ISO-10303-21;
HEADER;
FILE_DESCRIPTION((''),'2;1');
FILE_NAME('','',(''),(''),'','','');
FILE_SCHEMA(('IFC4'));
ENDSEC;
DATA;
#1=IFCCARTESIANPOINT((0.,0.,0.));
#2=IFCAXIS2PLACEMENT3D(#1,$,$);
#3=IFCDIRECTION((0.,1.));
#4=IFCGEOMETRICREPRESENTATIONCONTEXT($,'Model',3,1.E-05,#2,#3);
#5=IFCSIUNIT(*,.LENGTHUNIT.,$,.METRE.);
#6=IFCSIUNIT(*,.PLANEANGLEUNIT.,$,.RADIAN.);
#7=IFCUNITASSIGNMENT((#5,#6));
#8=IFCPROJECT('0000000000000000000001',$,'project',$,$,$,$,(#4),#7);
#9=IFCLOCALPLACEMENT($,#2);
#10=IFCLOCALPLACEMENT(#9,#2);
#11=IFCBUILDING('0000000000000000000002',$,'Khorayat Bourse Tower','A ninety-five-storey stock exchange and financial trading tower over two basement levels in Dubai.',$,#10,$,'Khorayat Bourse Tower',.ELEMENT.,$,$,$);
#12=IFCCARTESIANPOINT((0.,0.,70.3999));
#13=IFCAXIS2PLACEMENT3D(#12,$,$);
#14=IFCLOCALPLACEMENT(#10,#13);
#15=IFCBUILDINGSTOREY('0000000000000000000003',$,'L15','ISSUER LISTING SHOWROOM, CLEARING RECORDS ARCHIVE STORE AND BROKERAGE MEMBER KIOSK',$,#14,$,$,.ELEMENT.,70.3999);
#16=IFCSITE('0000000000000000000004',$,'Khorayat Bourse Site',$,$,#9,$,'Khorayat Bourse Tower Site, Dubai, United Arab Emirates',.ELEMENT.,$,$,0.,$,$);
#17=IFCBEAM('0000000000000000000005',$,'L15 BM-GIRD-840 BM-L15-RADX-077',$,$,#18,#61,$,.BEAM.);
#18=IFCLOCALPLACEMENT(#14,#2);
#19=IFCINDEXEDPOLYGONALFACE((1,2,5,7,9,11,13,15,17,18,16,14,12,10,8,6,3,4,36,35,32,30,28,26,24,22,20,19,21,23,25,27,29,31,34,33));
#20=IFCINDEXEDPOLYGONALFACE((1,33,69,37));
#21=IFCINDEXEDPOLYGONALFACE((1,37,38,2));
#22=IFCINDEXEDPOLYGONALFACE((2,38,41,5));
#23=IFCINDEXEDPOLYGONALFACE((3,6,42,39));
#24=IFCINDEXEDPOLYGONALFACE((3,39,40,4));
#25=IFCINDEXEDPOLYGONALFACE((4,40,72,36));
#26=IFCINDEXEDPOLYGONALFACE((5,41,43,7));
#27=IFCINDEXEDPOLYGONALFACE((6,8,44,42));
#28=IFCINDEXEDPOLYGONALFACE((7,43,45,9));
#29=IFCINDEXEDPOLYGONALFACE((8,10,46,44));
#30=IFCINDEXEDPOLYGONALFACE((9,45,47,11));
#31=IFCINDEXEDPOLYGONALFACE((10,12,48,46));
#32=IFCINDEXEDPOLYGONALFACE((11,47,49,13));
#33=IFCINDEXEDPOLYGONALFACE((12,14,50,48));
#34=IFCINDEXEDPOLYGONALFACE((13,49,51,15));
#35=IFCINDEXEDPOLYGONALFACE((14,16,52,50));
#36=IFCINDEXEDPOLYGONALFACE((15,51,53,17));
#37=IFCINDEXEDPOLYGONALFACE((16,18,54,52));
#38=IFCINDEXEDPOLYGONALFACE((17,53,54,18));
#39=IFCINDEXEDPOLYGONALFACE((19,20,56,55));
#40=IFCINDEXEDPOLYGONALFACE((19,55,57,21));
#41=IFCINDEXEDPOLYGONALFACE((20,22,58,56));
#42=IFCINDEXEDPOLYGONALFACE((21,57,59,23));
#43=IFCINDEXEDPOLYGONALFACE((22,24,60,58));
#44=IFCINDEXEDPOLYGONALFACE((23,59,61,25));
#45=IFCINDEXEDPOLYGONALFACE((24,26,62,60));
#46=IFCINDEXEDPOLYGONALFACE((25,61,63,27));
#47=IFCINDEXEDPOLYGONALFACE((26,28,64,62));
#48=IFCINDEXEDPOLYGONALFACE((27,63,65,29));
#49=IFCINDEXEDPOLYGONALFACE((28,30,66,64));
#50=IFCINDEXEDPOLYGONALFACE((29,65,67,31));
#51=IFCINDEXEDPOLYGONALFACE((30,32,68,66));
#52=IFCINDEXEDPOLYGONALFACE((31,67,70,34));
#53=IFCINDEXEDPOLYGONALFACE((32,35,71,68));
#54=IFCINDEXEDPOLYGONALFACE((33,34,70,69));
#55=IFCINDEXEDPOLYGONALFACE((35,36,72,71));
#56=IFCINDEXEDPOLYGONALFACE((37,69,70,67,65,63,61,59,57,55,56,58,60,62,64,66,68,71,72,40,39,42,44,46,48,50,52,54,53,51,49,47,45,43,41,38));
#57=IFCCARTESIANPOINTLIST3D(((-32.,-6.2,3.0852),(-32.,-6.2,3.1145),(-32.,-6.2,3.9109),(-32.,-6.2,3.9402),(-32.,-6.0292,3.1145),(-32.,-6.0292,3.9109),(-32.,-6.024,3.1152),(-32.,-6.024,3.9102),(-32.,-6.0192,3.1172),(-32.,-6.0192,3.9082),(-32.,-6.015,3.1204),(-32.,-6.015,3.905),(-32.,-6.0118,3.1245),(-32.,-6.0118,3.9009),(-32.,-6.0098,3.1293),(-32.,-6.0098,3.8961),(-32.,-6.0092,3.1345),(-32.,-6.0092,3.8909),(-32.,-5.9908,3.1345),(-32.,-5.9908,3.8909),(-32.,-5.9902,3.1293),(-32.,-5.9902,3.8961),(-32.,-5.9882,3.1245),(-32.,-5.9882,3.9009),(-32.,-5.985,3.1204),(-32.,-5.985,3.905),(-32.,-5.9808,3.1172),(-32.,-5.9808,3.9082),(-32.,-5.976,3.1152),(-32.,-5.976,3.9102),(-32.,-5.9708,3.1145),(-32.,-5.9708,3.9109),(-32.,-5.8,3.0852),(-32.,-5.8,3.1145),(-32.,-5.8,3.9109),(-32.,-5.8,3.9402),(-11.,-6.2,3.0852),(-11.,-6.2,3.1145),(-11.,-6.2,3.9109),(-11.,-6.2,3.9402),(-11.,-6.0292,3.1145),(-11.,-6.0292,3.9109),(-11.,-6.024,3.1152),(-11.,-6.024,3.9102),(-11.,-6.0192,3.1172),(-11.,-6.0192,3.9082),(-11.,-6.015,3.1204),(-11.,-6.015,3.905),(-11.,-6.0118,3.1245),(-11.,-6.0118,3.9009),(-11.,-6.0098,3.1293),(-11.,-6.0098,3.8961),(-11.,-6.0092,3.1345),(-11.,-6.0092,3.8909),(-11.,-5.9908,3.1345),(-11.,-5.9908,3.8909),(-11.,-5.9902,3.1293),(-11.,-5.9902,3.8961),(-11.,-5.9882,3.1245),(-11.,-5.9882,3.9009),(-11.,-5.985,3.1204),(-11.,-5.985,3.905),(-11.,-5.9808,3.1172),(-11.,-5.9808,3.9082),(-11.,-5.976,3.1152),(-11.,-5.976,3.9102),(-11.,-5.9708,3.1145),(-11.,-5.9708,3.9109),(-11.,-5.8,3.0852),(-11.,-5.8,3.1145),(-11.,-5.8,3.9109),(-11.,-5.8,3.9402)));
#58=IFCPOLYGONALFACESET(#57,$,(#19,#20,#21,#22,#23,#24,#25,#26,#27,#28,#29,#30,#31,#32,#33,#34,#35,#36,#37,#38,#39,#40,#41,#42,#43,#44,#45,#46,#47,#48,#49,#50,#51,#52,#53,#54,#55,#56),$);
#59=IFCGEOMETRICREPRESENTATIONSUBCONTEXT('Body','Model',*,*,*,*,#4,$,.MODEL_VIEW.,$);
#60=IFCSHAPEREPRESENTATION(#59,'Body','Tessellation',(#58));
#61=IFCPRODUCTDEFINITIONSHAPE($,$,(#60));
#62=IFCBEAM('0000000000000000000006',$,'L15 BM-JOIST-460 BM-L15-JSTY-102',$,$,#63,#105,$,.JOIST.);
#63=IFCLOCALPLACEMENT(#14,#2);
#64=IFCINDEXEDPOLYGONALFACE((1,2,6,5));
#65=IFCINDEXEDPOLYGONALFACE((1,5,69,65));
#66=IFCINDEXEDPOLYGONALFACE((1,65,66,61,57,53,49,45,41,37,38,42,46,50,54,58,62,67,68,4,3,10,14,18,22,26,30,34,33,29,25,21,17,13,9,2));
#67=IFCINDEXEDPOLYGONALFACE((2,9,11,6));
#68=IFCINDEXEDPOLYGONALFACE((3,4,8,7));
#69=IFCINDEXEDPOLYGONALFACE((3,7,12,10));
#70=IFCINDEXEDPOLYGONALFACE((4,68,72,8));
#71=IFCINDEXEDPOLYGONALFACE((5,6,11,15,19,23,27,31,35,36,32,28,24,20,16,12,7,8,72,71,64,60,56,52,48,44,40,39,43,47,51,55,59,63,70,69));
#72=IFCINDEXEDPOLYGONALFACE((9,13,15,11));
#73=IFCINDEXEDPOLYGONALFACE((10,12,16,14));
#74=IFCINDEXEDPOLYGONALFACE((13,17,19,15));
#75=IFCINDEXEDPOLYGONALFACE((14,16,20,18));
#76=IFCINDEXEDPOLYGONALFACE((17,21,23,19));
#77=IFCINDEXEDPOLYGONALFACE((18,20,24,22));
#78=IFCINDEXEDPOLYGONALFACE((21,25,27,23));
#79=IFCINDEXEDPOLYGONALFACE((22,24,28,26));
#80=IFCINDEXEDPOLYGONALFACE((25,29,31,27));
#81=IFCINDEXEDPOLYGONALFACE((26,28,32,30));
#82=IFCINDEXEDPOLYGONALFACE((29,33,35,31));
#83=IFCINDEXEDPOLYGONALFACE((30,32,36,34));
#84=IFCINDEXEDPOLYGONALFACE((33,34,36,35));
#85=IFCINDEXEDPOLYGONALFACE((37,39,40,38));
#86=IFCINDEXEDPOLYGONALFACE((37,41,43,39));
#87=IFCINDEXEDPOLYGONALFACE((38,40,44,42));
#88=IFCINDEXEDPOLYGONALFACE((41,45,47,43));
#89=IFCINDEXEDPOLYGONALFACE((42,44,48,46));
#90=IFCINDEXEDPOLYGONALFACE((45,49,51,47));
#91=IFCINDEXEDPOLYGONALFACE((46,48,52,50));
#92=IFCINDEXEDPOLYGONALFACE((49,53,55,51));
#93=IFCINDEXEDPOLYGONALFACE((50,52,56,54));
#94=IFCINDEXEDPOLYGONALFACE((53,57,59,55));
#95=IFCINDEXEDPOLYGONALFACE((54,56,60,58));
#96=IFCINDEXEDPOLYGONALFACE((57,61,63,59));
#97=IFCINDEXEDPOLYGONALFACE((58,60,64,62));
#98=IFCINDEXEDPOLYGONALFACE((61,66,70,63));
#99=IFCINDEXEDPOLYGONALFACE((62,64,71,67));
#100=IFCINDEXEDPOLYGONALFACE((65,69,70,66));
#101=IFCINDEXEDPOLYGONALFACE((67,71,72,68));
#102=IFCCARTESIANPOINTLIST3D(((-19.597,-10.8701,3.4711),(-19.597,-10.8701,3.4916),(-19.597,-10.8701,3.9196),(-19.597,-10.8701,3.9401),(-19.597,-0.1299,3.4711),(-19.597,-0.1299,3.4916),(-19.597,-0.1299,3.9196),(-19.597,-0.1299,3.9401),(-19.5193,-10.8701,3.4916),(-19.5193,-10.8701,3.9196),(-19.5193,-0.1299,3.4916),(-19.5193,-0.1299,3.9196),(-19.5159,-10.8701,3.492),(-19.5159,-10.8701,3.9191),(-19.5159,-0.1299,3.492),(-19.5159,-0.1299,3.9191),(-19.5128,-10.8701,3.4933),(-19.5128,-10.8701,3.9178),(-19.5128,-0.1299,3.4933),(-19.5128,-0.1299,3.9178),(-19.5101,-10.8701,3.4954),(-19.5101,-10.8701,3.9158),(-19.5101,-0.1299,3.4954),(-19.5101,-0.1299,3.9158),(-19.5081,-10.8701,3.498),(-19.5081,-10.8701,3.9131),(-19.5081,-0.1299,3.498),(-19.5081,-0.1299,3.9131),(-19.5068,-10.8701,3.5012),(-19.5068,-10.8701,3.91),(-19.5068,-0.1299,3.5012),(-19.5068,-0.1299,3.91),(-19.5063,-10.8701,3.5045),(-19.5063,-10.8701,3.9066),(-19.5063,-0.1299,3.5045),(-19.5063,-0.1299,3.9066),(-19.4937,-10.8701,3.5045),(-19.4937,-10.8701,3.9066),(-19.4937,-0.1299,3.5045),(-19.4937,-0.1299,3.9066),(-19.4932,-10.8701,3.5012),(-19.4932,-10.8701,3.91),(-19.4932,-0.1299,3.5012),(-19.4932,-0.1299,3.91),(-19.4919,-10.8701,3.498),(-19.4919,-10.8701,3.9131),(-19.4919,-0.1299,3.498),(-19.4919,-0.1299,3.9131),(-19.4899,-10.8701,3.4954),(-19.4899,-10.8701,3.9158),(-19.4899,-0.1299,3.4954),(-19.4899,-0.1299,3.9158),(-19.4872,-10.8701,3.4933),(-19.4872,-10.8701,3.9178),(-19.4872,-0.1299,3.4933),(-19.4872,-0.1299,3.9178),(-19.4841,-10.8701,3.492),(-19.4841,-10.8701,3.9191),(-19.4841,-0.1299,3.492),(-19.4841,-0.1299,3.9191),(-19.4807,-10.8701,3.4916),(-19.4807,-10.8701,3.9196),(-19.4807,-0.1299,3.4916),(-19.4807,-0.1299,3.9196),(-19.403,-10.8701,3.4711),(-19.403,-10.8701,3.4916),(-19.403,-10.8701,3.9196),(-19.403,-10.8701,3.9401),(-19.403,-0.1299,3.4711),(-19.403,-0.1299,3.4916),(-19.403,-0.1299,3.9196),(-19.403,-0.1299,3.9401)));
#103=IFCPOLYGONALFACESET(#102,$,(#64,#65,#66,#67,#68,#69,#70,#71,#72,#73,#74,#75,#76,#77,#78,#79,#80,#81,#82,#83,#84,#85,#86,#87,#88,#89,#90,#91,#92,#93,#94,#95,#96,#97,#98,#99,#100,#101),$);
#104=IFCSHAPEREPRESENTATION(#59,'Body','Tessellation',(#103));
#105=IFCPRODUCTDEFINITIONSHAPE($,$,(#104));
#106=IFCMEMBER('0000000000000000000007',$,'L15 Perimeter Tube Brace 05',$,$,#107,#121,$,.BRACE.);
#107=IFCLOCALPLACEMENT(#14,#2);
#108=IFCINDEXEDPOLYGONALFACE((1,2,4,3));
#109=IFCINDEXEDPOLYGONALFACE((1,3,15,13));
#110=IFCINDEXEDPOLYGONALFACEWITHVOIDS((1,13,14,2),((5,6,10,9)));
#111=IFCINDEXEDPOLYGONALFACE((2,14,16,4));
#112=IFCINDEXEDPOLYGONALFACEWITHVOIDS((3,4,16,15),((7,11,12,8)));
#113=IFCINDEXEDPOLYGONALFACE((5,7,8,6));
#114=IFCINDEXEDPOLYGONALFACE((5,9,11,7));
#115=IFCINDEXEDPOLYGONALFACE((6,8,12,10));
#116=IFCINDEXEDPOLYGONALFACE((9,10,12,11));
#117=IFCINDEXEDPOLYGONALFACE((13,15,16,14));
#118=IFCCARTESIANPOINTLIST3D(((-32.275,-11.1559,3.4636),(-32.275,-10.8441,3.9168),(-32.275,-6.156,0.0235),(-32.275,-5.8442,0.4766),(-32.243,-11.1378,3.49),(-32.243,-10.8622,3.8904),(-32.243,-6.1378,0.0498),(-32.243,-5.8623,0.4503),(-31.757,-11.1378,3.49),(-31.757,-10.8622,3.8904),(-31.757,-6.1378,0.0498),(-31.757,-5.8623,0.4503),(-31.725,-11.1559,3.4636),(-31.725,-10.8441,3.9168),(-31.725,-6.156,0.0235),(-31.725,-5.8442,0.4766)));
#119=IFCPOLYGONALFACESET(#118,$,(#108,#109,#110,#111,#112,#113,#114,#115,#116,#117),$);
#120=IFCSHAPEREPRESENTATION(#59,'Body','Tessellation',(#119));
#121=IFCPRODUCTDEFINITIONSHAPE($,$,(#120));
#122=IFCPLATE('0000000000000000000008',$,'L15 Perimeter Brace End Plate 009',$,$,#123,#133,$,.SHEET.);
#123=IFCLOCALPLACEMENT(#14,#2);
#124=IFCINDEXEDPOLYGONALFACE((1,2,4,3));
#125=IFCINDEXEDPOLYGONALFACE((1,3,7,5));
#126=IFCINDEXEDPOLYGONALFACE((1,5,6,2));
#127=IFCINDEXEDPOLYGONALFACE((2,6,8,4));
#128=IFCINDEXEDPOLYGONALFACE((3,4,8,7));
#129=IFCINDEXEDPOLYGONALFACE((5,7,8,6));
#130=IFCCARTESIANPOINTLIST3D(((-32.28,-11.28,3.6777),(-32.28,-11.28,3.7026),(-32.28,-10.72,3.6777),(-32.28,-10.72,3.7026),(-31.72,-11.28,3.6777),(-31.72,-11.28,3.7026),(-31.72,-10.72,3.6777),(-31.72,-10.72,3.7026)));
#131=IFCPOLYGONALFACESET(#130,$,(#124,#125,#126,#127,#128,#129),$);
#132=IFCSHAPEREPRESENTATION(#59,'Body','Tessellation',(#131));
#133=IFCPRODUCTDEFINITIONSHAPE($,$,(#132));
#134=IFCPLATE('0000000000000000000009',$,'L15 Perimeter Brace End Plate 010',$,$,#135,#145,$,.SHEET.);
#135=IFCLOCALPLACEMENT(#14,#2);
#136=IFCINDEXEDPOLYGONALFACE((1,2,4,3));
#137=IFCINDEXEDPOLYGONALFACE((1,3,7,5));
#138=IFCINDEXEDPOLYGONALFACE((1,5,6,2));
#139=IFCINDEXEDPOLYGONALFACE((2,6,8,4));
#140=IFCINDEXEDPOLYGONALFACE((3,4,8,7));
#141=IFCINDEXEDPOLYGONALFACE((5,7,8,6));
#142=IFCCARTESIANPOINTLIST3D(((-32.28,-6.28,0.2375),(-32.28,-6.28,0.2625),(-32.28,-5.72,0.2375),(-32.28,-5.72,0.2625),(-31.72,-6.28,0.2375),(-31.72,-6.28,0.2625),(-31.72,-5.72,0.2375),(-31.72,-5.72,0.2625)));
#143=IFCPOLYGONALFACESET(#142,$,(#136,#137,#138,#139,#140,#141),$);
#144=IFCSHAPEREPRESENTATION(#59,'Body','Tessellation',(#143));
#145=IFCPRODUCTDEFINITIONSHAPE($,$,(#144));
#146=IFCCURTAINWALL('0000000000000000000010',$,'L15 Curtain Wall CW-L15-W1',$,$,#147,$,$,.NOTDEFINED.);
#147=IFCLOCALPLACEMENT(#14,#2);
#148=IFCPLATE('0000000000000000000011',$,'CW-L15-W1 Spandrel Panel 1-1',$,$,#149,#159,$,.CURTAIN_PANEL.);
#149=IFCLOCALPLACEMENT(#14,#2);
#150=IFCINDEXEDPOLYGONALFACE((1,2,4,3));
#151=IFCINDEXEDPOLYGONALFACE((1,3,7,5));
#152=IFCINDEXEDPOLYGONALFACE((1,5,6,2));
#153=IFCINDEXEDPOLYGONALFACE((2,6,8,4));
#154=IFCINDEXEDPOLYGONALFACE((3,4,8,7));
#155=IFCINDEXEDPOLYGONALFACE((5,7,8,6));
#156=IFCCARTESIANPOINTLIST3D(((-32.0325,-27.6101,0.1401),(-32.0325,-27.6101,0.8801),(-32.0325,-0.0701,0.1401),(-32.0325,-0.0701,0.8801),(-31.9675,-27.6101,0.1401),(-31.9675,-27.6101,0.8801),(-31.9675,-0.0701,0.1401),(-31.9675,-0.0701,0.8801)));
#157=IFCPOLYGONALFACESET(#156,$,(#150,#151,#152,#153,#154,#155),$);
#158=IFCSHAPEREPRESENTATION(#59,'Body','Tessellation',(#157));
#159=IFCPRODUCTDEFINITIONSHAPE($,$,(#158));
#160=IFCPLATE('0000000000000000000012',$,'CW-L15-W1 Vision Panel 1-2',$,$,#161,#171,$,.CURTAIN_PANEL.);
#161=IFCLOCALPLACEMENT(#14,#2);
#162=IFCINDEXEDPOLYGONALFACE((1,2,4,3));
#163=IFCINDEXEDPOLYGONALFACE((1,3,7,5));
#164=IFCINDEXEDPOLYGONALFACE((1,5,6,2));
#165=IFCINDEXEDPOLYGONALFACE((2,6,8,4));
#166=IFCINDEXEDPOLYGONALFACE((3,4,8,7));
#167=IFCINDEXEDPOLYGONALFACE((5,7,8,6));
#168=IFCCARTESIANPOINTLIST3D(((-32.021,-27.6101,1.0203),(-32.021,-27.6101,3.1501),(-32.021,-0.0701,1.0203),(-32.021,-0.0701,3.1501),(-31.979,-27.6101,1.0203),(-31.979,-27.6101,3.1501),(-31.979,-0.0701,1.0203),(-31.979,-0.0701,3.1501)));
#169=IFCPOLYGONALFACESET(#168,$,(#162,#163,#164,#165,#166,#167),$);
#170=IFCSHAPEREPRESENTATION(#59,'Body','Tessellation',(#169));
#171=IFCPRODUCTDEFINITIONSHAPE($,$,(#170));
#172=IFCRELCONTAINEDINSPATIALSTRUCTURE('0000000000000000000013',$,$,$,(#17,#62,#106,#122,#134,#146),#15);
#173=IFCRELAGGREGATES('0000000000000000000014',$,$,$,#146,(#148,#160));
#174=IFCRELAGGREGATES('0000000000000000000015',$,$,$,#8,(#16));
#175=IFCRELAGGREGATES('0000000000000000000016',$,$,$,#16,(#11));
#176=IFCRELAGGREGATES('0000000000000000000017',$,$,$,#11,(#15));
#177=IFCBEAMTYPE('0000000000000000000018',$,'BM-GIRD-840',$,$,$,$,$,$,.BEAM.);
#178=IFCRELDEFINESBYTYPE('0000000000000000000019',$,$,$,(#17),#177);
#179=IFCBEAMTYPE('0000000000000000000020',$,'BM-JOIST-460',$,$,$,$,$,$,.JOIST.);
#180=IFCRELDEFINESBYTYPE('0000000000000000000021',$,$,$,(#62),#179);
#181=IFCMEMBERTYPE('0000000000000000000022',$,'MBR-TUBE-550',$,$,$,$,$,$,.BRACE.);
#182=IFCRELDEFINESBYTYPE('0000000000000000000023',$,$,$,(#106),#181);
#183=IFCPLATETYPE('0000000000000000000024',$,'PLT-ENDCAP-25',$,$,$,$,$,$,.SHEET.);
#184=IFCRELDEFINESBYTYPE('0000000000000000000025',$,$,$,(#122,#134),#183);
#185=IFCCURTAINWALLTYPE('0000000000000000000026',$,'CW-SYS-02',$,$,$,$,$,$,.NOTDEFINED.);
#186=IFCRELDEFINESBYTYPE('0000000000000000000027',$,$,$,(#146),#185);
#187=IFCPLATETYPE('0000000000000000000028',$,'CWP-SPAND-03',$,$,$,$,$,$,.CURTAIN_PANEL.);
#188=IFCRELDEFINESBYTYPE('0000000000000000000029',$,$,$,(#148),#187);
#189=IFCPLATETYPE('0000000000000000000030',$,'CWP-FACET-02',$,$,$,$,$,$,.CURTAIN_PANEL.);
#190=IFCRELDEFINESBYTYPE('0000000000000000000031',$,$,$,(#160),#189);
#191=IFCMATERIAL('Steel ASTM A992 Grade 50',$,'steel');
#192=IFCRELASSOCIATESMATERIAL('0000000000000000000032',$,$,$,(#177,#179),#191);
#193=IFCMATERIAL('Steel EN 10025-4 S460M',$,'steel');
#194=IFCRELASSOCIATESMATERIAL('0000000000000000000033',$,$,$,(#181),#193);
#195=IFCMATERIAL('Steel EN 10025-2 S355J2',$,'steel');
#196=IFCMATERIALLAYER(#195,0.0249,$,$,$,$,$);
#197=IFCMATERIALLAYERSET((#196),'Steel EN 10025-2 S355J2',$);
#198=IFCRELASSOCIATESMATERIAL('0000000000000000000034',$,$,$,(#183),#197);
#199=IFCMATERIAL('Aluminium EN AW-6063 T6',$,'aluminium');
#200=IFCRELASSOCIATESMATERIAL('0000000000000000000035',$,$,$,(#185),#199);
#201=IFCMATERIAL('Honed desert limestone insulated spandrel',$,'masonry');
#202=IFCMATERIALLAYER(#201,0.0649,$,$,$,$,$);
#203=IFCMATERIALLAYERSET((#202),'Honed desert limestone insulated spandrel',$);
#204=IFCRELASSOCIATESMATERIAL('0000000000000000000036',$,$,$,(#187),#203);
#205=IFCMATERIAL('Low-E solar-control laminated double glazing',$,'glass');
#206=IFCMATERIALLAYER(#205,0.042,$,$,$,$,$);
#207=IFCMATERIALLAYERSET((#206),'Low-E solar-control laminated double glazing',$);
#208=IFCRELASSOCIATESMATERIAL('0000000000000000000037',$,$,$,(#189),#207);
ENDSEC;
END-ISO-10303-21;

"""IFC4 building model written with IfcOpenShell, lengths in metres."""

from ifc_helpers import new_model, si_unit, direction, frame, origin, origin_2d, place, context, subcontext, project, spatial, rectangle, hollow_rectangle, i_section, extrude, source, transform, mapped, material, layer, layer_set, material_profile, profile_set, type_object, element, aggregate, save


model = new_model("IFC4")

# Units and contexts
model_context = context("Model", 3, precision=1e-05, world=origin(), true_north=direction((0.0, 1.0)))
body_context = subcontext(model_context, "Body", "Model", "MODEL_VIEW")
ifc_project = project(units=[si_unit("LENGTHUNIT", "METRE"), si_unit("PLANEANGLEUNIT", "RADIAN")], contexts=[model_context])

# Site, building, storey
site_placement = place(None, origin())
site = spatial("IfcSite", under=ifc_project, at=site_placement, Name="Khorayat Bourse Site", LongName="Khorayat Bourse Tower Site, Dubai, United Arab Emirates", CompositionType="ELEMENT", RefElevation=0.0)
building_placement = place(site_placement, origin())
building = spatial("IfcBuilding", under=site, at=building_placement, Name="Khorayat Bourse Tower", Description="A ninety-five-storey stock exchange and financial trading tower over two basement levels in Dubai.", LongName="Khorayat Bourse Tower", CompositionType="ELEMENT")
storey_placement = place(building_placement, frame((0.0, 0.0, 70.3999)))
storey = spatial("IfcBuildingStorey", under=building, at=storey_placement, Name="L15", Description="ISSUER LISTING SHOWROOM, CLEARING RECORDS ARCHIVE STORE AND BROKERAGE MEMBER KIOSK", CompositionType="ELEMENT", Elevation=70.3999)

# Shared definitions
ifc_material_1 = material(Name="Steel EN 10025-4 S460M", Category="steel")

# Beams
ifc_material_2 = material(Name="Steel ASTM A992 Grade 50", Category="steel")
ifc_material_profile_1 = material_profile(ifc_material_2, i_section(OverallWidth=0.3999, OverallDepth=0.855, WebThickness=0.0183, FlangeThickness=0.0293, FilletRadius=0.02, at=origin_2d()), Name="W840X299")
ifc_profile_set_1 = profile_set([ifc_material_profile_1], Name="Steel ASTM A992 Grade 50")
beam_type_1 = type_object("IfcBeamType", Name="BM-GIRD-840", PredefinedType="BEAM", material=ifc_profile_set_1)
shared_shape_1 = source(origin(), body_context, "Body", "SweptSolid", [
    extrude(i_section(OverallWidth=0.3999, OverallDepth=0.855, WebThickness=0.0183, FlangeThickness=0.0293, FilletRadius=0.02, at=origin_2d()), origin(), (0.0, 0.0, 1.0), 21.0),
])
for number, where, z_axis, x_axis, name in (
    (1, (-32.0, -6.0, 3.5127), (1.0, 0.0, 0.0), (0.0, 1.0, 0.0), "L15 BM-GIRD-840 BM-L15-RADX-077"),
):
    element("IfcBeam", number, at=place(storey_placement, frame(where, z_axis=z_axis, x_axis=x_axis)), inside=storey, type_object=beam_type_1, Name=name, PredefinedType="BEAM", context=body_context, shape_type="MappedRepresentation", body=[
        mapped(shared_shape_1, transform((0.0, 0.0, 0.0), scale=1.0)),
    ])
ifc_material_profile_2 = material_profile(ifc_material_2, i_section(OverallWidth=0.1941, OverallDepth=0.469, WebThickness=0.0127, FlangeThickness=0.0205, FilletRadius=0.0129, at=origin_2d()), Name="W460X106")
ifc_profile_set_2 = profile_set([ifc_material_profile_2], Name="Steel ASTM A992 Grade 50")
beam_type_2 = type_object("IfcBeamType", Name="BM-JOIST-460", PredefinedType="JOIST", material=ifc_profile_set_2)
shared_shape_2 = source(origin(), body_context, "Body", "SweptSolid", [
    extrude(i_section(OverallWidth=0.1941, OverallDepth=0.469, WebThickness=0.0127, FlangeThickness=0.0205, FilletRadius=0.0129, at=origin_2d()), origin(), (0.0, 0.0, 1.0), 10.7402),
])
beam_1_placement = place(storey_placement, frame((-19.5, -10.8701, 3.7056), z_axis=(0.0, 1.0, 0.0), x_axis=(-1.0, 0.0, 0.0)))
element("IfcBeam", 2, at=beam_1_placement, inside=storey, type_object=beam_type_2, Name="L15 BM-JOIST-460 BM-L15-JSTY-102", PredefinedType="JOIST", context=body_context, shape_type="MappedRepresentation", body=[
    mapped(shared_shape_2, transform((0.0, 0.0, 0.0), scale=1.0)),
])

# Member
ifc_material_profile_3 = material_profile(ifc_material_1, hollow_rectangle(XDim=0.55, YDim=0.55, WallThickness=0.032, at=origin_2d()), Name="HSS 550x550x32")
ifc_profile_set_3 = profile_set([ifc_material_profile_3], Name="Steel EN 10025-4 S460M")
member_type = type_object("IfcMemberType", Name="MBR-TUBE-550", PredefinedType="BRACE", material=ifc_profile_set_3)
shared_shape_3 = source(origin(), body_context, "Body", "SweptSolid", [
    extrude(hollow_rectangle(XDim=0.55, YDim=0.55, WallThickness=0.032, at=origin_2d()), origin(), (0.0, 0.0, 1.0), 6.0691),
])
member_placement = place(storey_placement, frame((-32.0, -11.0, 3.6902), z_axis=(0.0, 0.823835, -0.566829), x_axis=(-1.0, 0.0, 0.0)))
element("IfcMember", 3, at=member_placement, inside=storey, type_object=member_type, Name="L15 Perimeter Tube Brace 05", PredefinedType="BRACE", context=body_context, shape_type="MappedRepresentation", body=[
    mapped(shared_shape_3, transform((0.0, 0.0, 0.0), scale=1.0)),
])

# Plates
ifc_material_3 = material(Name="Steel EN 10025-2 S355J2", Category="steel")
ifc_layer_1 = layer(ifc_material_3, 0.0249)
ifc_layer_set_1 = layer_set([ifc_layer_1], Name="Steel EN 10025-2 S355J2")
plate_type_1 = type_object("IfcPlateType", Name="PLT-ENDCAP-25", PredefinedType="SHEET", material=ifc_layer_set_1)
shared_shape_4 = source(origin(), body_context, "Body", "SweptSolid", [
    extrude(rectangle(XDim=0.5601, YDim=0.5601, at=origin_2d()), origin(), (0.0, 0.0, 1.0), 0.0249),
])
for number, where, z_axis, x_axis, name in (
    (4, (-32.0, -11.0, 3.6777), (0.0, 0.0, 1.0), (1.0, 0.0, 0.0), "L15 Perimeter Brace End Plate 009"),
    (5, (-32.0, -6.0, 0.2375), (0.0, 0.0, 1.0), (1.0, 0.0, 0.0), "L15 Perimeter Brace End Plate 010"),
):
    element("IfcPlate", number, at=place(storey_placement, frame(where, z_axis=z_axis, x_axis=x_axis)), inside=storey, type_object=plate_type_1, Name=name, PredefinedType="SHEET", context=body_context, shape_type="MappedRepresentation", body=[
        mapped(shared_shape_4, transform((0.0, 0.0, 0.0), scale=1.0)),
    ])

# Curtain wall, plates
ifc_material_4 = material(Name="Aluminium EN AW-6063 T6", Category="aluminium")
curtain_wall_type = type_object("IfcCurtainWallType", Name="CW-SYS-02", PredefinedType="NOTDEFINED", material=ifc_material_4)
curtain_wall_placement = place(storey_placement, origin())
curtain_wall = element("IfcCurtainWall", 6, at=curtain_wall_placement, inside=storey, type_object=curtain_wall_type, Name="L15 Curtain Wall CW-L15-W1", PredefinedType="NOTDEFINED")
ifc_material_5 = material(Name="Honed desert limestone insulated spandrel", Category="masonry")
ifc_layer_2 = layer(ifc_material_5, 0.0649)
ifc_layer_set_2 = layer_set([ifc_layer_2], Name="Honed desert limestone insulated spandrel")
plate_type_2 = type_object("IfcPlateType", Name="CWP-SPAND-03", PredefinedType="CURTAIN_PANEL", material=ifc_layer_set_2)
shared_shape_5 = source(origin(), body_context, "Body", "SweptSolid", [
    extrude(rectangle(XDim=27.54, YDim=0.0649, at=origin_2d()), origin(), (0.0, 0.0, 1.0), 0.74),
])
plate_1_placement = place(storey_placement, frame((-32.0, -13.8401, 0.1401), z_axis=(0.0, 0.0, 1.0), x_axis=(0.0, 1.0, 0.0)))
plate_1 = element("IfcPlate", 7, at=plate_1_placement, type_object=plate_type_2, Name="CW-L15-W1 Spandrel Panel 1-1", PredefinedType="CURTAIN_PANEL", context=body_context, shape_type="MappedRepresentation", body=[
    mapped(shared_shape_5, transform((0.0, 0.0, 0.0), scale=1.0)),
])
ifc_material_6 = material(Name="Low-E solar-control laminated double glazing", Category="glass")
ifc_layer_3 = layer(ifc_material_6, 0.042)
ifc_layer_set_3 = layer_set([ifc_layer_3], Name="Low-E solar-control laminated double glazing")
plate_type_3 = type_object("IfcPlateType", Name="CWP-FACET-02", PredefinedType="CURTAIN_PANEL", material=ifc_layer_set_3)
shared_shape_6 = source(origin(), body_context, "Body", "SweptSolid", [
    extrude(rectangle(XDim=27.54, YDim=0.042, at=origin_2d()), origin(), (0.0, 0.0, 1.0), 2.1299),
])
plate_2_placement = place(storey_placement, frame((-32.0, -13.8401, 1.0203), z_axis=(0.0, 0.0, 1.0), x_axis=(0.0, 1.0, 0.0)))
plate_2 = element("IfcPlate", 8, at=plate_2_placement, type_object=plate_type_3, Name="CW-L15-W1 Vision Panel 1-2", PredefinedType="CURTAIN_PANEL", context=body_context, shape_type="MappedRepresentation", body=[
    mapped(shared_shape_6, transform((0.0, 0.0, 0.0), scale=1.0)),
])
aggregate(curtain_wall, [plate_1, plate_2])

save(model, "model.ifc")
